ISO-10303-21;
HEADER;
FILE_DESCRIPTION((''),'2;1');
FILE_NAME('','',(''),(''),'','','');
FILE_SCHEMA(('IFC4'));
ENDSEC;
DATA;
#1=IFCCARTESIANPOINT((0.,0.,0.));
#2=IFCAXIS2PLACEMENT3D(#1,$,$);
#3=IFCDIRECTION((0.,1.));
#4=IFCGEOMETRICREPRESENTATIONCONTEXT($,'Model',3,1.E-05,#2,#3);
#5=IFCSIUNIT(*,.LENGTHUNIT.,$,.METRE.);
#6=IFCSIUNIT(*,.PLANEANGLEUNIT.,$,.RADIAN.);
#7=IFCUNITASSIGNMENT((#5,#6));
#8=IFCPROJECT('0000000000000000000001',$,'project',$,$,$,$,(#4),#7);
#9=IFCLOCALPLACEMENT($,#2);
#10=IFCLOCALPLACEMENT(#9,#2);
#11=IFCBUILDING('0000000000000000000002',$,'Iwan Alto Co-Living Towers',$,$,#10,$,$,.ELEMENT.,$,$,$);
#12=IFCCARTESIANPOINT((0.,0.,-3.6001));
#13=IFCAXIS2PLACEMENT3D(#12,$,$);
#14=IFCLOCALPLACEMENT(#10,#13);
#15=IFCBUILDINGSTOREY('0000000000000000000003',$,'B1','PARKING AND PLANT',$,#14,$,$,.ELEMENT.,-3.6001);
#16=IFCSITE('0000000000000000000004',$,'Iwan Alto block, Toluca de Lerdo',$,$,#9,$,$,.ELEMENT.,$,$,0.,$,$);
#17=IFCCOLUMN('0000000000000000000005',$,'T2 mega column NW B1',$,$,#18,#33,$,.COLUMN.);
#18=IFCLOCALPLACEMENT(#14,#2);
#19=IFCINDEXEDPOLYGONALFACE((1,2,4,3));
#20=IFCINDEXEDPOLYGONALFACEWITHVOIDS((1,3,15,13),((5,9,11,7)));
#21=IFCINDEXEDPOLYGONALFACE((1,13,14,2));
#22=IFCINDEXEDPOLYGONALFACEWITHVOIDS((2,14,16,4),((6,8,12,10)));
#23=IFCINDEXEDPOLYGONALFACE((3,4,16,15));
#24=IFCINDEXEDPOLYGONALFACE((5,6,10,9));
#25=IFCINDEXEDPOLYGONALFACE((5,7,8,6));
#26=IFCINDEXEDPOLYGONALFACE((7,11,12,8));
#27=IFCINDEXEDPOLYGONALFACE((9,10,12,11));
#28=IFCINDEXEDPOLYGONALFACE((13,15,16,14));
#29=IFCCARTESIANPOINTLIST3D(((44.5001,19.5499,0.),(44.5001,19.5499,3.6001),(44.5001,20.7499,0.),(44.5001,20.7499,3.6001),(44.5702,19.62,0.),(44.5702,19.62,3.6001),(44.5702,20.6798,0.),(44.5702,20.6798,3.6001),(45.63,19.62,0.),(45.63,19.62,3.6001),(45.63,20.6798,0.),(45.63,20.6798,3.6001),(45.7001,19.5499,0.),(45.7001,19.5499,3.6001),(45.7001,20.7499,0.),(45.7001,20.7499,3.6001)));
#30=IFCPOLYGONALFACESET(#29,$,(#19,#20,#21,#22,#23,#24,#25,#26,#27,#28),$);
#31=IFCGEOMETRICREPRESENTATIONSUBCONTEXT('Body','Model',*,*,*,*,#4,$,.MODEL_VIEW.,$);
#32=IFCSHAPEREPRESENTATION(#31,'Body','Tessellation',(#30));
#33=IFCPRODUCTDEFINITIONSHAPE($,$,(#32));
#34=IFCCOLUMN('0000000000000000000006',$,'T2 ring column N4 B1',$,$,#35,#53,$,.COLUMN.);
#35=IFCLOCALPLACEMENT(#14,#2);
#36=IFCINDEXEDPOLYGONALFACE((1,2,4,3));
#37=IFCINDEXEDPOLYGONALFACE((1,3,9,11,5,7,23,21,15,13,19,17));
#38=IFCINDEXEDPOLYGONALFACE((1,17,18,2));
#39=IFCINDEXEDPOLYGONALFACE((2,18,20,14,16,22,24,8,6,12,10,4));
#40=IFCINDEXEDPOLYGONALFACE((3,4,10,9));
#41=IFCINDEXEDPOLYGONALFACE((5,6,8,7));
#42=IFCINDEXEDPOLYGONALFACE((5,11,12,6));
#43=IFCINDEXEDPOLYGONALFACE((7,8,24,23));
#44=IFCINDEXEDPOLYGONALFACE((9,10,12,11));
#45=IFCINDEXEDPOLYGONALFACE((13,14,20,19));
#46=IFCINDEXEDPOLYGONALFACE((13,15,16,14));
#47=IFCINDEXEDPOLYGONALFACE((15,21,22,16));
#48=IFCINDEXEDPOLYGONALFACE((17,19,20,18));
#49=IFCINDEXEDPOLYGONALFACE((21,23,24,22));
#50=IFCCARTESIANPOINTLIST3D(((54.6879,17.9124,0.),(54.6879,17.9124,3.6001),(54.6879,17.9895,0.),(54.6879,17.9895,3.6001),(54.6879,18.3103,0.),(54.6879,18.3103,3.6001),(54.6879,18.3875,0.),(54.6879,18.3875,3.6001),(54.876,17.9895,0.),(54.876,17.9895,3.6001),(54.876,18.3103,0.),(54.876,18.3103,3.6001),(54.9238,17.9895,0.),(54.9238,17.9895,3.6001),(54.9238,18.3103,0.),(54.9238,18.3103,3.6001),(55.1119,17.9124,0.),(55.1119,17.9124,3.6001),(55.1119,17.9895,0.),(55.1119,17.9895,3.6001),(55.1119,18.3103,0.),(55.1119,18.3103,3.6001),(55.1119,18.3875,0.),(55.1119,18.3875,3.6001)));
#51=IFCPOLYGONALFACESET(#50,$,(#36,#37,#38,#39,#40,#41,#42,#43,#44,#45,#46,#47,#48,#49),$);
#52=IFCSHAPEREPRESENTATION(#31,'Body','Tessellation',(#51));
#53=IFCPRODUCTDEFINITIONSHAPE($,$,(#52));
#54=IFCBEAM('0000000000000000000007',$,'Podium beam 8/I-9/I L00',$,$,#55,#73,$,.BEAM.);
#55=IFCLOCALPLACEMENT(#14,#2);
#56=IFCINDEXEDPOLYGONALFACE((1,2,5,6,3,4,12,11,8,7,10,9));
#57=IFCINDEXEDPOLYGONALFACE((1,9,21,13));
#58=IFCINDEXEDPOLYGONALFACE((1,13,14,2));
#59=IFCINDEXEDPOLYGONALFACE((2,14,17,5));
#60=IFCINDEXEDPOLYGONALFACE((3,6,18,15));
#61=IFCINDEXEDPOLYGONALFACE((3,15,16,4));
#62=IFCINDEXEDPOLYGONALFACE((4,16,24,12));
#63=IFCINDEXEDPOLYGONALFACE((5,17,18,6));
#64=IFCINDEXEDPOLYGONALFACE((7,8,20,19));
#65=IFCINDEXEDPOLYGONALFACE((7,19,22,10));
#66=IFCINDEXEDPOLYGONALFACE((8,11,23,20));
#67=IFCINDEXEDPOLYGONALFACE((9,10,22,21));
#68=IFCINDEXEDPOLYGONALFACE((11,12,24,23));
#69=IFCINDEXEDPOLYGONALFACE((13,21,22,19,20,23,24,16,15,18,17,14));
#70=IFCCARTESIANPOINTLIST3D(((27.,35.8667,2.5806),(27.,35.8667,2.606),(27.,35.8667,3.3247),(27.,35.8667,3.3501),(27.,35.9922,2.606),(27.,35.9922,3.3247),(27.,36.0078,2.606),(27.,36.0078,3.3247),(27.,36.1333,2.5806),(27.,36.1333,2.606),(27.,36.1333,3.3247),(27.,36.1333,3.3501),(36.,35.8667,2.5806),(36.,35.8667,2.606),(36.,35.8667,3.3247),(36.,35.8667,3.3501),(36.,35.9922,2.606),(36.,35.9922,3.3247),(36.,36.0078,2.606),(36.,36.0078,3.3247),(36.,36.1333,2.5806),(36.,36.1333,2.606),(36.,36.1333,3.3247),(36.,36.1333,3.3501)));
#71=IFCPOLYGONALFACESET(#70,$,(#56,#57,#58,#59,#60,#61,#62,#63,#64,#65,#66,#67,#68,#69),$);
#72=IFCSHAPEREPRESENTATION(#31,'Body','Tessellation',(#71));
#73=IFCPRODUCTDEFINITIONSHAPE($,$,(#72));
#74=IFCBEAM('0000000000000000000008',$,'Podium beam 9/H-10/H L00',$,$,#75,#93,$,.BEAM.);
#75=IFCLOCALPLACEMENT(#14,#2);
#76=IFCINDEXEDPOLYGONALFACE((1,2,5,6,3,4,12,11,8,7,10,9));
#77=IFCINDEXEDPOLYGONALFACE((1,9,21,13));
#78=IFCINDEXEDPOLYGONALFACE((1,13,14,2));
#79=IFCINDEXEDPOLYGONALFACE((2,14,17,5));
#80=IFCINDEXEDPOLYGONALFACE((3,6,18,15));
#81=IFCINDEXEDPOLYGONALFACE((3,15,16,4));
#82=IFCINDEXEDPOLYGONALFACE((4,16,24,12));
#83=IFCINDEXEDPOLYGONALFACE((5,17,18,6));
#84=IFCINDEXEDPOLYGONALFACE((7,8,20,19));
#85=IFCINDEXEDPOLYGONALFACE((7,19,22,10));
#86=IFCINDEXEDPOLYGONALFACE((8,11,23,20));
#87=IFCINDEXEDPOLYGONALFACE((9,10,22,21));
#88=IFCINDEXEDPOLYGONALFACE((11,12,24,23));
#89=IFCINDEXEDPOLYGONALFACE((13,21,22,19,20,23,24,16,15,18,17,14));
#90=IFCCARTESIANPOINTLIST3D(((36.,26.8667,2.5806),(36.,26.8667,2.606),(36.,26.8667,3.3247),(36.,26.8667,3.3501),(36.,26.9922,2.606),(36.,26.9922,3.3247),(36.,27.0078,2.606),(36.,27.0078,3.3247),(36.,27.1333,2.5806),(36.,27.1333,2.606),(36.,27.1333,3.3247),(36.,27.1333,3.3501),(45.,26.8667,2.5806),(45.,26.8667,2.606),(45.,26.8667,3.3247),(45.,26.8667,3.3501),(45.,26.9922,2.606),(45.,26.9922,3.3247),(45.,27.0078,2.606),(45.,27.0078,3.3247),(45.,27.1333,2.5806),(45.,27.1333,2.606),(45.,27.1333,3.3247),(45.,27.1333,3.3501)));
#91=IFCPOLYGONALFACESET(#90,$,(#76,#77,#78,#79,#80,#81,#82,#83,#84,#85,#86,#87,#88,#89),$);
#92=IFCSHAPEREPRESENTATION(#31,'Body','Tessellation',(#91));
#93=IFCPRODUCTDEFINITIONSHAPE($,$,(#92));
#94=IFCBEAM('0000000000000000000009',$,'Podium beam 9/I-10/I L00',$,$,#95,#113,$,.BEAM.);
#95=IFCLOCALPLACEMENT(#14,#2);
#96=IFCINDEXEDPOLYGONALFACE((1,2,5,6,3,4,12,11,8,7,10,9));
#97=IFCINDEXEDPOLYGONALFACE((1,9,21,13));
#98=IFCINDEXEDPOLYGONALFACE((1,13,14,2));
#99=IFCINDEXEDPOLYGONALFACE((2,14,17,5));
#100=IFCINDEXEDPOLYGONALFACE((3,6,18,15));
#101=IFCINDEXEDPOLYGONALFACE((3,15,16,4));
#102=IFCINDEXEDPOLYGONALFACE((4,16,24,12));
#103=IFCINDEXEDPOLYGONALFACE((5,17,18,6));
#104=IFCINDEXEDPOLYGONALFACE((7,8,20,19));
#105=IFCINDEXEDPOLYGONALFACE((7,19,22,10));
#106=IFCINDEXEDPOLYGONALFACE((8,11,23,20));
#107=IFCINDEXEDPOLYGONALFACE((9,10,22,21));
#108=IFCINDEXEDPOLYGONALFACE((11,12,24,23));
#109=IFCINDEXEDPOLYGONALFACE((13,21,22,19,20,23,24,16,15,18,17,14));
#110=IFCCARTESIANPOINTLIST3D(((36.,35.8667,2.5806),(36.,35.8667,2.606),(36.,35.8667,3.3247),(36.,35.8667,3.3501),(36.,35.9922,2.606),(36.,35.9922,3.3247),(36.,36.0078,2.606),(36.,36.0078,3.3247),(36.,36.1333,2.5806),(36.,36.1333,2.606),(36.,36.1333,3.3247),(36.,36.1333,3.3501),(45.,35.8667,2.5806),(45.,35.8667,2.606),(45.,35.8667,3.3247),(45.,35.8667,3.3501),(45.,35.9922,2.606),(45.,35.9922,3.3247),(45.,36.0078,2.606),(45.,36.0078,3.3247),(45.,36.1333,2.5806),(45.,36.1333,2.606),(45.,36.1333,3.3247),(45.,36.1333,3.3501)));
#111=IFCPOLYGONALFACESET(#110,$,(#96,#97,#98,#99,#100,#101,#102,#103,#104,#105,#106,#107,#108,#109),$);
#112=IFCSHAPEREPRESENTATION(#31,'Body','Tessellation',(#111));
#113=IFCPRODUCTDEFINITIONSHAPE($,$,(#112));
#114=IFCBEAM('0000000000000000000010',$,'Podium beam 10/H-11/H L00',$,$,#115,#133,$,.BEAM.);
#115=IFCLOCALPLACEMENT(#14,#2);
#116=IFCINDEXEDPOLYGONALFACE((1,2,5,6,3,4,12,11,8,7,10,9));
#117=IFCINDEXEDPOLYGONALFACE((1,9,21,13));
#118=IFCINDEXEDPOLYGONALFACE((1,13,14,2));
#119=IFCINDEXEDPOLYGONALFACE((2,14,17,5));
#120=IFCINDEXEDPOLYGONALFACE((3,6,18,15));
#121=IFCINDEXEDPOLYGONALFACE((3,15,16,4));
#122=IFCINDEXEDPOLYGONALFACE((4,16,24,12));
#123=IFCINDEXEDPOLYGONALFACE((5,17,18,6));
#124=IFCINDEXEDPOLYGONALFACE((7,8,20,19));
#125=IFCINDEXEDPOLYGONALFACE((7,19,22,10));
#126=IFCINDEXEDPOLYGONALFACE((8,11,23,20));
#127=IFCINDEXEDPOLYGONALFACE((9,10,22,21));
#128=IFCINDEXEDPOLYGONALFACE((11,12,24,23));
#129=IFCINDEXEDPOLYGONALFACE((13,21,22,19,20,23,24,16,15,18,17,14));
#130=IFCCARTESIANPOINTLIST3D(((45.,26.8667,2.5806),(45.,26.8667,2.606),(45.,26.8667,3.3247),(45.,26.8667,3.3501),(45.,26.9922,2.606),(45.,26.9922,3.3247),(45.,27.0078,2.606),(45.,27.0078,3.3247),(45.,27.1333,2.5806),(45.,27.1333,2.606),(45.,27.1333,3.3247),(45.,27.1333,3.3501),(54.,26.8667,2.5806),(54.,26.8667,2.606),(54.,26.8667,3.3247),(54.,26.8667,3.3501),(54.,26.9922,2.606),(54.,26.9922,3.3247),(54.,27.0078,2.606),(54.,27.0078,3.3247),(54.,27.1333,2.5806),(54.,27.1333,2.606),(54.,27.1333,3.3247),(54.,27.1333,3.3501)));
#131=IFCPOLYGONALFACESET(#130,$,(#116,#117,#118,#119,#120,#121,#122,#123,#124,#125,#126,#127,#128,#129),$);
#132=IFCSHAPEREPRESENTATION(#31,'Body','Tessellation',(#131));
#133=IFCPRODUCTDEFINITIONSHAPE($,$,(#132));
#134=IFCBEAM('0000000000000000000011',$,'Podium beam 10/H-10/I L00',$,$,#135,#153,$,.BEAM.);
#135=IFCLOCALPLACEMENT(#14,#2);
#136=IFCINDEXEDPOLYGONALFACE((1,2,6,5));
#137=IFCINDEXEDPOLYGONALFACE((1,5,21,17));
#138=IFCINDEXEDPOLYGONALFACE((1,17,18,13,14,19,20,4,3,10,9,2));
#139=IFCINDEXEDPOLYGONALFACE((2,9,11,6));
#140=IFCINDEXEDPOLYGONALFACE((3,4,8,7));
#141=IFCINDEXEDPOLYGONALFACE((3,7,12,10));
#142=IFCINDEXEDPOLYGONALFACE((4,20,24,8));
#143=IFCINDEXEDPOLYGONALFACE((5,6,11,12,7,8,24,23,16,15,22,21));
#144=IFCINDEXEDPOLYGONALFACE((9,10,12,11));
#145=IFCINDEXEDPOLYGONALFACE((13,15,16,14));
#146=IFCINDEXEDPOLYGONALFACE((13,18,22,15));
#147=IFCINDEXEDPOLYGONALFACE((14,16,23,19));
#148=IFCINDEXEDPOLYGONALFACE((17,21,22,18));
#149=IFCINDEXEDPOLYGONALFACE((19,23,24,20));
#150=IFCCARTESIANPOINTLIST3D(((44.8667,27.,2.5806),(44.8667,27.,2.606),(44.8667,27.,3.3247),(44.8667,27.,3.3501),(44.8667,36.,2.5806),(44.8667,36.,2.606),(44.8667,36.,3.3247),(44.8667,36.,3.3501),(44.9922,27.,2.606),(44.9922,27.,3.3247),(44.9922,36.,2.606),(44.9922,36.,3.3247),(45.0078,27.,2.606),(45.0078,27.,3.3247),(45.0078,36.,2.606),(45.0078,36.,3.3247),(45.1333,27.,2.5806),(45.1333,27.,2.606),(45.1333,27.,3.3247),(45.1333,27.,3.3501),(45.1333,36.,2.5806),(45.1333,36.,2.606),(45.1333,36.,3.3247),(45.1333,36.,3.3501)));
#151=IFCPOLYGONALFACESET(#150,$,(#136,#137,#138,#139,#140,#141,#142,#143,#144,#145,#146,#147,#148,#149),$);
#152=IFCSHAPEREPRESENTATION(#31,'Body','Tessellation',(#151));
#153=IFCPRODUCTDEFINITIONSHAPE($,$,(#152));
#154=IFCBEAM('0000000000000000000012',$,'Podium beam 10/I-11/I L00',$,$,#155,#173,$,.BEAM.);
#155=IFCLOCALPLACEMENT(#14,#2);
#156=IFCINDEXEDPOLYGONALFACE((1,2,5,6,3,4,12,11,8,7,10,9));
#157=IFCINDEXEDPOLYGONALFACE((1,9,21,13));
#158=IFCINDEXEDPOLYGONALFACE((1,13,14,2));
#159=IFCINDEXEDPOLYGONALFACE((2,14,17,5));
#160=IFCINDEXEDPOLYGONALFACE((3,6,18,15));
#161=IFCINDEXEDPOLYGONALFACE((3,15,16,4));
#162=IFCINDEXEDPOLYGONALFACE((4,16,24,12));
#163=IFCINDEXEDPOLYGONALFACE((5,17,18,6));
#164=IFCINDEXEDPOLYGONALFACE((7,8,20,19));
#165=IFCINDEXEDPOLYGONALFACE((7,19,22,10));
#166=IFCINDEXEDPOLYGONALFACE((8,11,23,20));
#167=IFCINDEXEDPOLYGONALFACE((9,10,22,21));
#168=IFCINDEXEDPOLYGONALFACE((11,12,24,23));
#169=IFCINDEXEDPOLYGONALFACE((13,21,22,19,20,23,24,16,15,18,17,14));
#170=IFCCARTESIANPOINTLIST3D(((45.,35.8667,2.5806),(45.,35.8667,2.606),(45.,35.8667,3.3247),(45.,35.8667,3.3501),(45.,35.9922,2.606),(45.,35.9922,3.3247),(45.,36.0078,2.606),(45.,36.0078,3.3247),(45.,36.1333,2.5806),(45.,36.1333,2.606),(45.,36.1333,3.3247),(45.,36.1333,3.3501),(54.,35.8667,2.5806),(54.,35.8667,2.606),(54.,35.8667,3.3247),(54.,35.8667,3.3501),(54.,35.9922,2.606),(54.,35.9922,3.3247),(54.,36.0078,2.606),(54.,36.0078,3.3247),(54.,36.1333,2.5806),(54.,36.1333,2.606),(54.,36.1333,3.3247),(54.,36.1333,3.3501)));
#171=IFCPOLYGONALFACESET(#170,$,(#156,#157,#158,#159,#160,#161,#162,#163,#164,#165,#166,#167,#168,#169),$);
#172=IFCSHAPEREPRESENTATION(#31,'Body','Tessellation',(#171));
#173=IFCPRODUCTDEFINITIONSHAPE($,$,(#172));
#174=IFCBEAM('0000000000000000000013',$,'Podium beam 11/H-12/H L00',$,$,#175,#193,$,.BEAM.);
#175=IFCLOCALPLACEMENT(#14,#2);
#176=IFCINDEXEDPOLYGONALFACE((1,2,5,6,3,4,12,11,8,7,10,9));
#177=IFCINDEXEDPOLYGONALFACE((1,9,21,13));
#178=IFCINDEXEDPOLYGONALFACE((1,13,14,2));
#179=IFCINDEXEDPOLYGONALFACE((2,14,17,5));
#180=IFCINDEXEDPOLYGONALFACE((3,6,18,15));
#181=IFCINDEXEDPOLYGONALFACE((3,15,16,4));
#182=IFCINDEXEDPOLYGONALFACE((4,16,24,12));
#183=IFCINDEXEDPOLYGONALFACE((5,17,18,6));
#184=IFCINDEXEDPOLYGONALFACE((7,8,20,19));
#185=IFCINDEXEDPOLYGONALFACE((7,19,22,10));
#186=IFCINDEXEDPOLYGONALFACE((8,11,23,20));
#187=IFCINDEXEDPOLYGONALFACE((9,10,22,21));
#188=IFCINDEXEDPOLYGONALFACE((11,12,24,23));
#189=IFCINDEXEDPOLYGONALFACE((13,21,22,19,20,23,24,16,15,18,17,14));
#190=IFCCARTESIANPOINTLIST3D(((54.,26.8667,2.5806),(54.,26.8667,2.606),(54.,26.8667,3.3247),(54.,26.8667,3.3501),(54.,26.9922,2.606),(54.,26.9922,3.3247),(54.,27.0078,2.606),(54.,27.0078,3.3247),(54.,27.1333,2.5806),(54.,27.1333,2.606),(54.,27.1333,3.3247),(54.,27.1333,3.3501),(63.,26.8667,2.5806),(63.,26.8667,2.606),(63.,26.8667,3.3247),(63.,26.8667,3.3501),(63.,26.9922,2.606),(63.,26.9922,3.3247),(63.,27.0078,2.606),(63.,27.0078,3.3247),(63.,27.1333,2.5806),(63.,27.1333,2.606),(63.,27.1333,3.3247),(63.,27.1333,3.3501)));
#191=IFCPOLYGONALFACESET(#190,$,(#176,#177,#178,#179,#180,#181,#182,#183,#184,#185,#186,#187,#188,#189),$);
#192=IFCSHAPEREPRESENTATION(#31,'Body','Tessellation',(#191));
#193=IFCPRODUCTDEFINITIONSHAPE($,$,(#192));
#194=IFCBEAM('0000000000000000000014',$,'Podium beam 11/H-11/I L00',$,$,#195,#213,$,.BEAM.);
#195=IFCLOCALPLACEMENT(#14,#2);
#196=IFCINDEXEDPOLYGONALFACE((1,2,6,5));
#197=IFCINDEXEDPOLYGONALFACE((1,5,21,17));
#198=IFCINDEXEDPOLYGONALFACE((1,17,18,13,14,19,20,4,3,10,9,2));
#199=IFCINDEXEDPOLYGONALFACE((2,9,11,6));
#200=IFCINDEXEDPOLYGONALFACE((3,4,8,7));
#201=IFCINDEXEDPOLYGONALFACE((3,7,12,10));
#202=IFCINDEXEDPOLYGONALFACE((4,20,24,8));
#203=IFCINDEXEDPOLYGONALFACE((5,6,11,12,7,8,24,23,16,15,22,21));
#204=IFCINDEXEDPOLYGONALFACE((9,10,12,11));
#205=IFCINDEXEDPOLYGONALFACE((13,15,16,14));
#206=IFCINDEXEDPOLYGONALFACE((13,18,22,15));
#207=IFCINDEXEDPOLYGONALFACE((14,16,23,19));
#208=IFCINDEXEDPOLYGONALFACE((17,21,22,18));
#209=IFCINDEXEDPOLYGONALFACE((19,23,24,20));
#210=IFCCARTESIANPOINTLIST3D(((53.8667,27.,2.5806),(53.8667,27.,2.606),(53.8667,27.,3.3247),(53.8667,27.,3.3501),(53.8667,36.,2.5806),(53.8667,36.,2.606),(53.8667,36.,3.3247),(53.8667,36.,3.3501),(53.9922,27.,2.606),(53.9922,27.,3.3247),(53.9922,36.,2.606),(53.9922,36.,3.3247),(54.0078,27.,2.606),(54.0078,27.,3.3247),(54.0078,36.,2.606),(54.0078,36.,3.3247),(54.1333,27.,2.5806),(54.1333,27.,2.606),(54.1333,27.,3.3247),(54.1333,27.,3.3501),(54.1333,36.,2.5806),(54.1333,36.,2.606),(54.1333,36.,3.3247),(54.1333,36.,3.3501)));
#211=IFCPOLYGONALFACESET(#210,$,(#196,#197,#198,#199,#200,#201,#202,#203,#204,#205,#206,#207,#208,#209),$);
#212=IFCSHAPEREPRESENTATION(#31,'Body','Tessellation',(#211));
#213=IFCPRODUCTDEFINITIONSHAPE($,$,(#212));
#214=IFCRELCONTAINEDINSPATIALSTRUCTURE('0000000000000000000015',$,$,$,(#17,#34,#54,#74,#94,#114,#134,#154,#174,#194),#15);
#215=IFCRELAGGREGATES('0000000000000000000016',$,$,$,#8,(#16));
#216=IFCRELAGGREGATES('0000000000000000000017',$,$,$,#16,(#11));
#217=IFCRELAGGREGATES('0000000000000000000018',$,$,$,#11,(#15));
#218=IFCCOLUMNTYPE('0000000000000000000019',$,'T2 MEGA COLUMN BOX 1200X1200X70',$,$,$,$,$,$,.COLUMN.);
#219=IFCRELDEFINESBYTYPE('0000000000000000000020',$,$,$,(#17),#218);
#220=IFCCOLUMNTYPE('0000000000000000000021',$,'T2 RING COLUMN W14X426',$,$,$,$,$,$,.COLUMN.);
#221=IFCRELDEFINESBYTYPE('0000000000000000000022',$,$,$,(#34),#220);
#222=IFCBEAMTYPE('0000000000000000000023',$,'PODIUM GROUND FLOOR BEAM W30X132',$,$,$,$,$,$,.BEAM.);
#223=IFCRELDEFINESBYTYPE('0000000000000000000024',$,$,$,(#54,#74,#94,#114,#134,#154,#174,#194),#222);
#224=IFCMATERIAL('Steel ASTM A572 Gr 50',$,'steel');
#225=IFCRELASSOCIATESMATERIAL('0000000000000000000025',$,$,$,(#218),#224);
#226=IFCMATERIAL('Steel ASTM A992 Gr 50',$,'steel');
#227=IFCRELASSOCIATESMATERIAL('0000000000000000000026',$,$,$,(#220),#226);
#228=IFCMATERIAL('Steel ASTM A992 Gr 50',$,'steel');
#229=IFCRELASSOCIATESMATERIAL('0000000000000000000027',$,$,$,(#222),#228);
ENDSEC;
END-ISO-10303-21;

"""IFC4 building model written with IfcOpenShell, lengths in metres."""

from ifc_helpers import new_model, si_unit, direction, frame, origin, origin_2d, place, context, subcontext, project, spatial, hollow_rectangle, i_section, extrude, material, material_profile, profile_set, type_object, element, save


model = new_model("IFC4")

# Units and contexts
model_context = context("Model", 3, precision=1e-05, world=origin(), true_north=direction((0.0, 1.0)))
body_context = subcontext(model_context, "Body", "Model", "MODEL_VIEW")
ifc_project = project(units=[si_unit("LENGTHUNIT", "METRE"), si_unit("PLANEANGLEUNIT", "RADIAN")], contexts=[model_context])

# Site, building, storey
site_placement = place(None, origin())
site = spatial("IfcSite", under=ifc_project, at=site_placement, Name="Iwan Alto block, Toluca de Lerdo", CompositionType="ELEMENT", RefElevation=0.0)
building_placement = place(site_placement, origin())
building = spatial("IfcBuilding", under=site, at=building_placement, Name="Iwan Alto Co-Living Towers", CompositionType="ELEMENT")
storey_placement = place(building_placement, frame((0.0, 0.0, -3.6001)))
storey = spatial("IfcBuildingStorey", under=building, at=storey_placement, Name="B1", Description="PARKING AND PLANT", CompositionType="ELEMENT", Elevation=-3.6001)

# Columns
ifc_material_1 = material(Name="Steel ASTM A572 Gr 50", Category="steel")
ifc_material_profile_1 = material_profile(ifc_material_1, hollow_rectangle(XDim=1.2, YDim=1.2, WallThickness=0.0701, at=origin_2d()), Name="BOX 1200X1200X70")
ifc_profile_set_1 = profile_set([ifc_material_profile_1], Name="Steel ASTM A572 Gr 50")
column_type_1 = type_object("IfcColumnType", Name="T2 MEGA COLUMN BOX 1200X1200X70", PredefinedType="COLUMN", material=ifc_profile_set_1)
column_1_placement = place(storey_placement, frame((45.1001, 20.1499, 0.0), z_axis=(0.0, 0.0, 1.0), x_axis=(1.0, 0.0, 0.0)))
element("IfcColumn", 1, at=column_1_placement, inside=storey, type_object=column_type_1, Name="T2 mega column NW B1", PredefinedType="COLUMN", context=body_context, shape_type="SweptSolid", body=[
    extrude(hollow_rectangle(XDim=1.2, YDim=1.2, WallThickness=0.0701, at=origin_2d()), origin(), (0.0, 0.0, 1.0), 3.6001),
])
ifc_material_2 = material(Name="Steel ASTM A992 Gr 50", Category="steel")
ifc_material_profile_2 = material_profile(ifc_material_2, i_section(OverallWidth=0.4241, OverallDepth=0.4751, WebThickness=0.0479, FlangeThickness=0.0771, at=origin_2d()), Name="W14X426")
ifc_profile_set_2 = profile_set([ifc_material_profile_2], Name="Steel ASTM A992 Gr 50")
column_type_2 = type_object("IfcColumnType", Name="T2 RING COLUMN W14X426", PredefinedType="COLUMN", material=ifc_profile_set_2)
column_2_placement = place(storey_placement, frame((54.8999, 18.1499, 0.0), z_axis=(0.0, 0.0, 1.0), x_axis=(1.0, 0.0, 0.0)))
element("IfcColumn", 2, at=column_2_placement, inside=storey, type_object=column_type_2, Name="T2 ring column N4 B1", PredefinedType="COLUMN", context=body_context, shape_type="SweptSolid", body=[
    extrude(i_section(OverallWidth=0.4241, OverallDepth=0.4751, WebThickness=0.0479, FlangeThickness=0.0771, at=origin_2d()), origin(), (0.0, 0.0, 1.0), 3.6001),
])

# Beams
ifc_material_3 = material(Name="Steel ASTM A992 Gr 50", Category="steel")
ifc_material_profile_3 = material_profile(ifc_material_3, i_section(OverallWidth=0.2666, OverallDepth=0.7695, WebThickness=0.0156, FlangeThickness=0.0254, at=origin_2d()), Name="W30X132")
ifc_profile_set_3 = profile_set([ifc_material_profile_3], Name="Steel ASTM A992 Gr 50")
beam_type_1 = type_object("IfcBeamType", Name="PODIUM GROUND FLOOR BEAM W30X132", PredefinedType="BEAM", material=ifc_profile_set_3)
for number, where, z_axis, x_axis, name in (
    (3, (27.0, 36.0, 2.9653), (1.0, 0.0, 0.0), (0.0, 1.0, 0.0), "Podium beam 8/I-9/I L00"),
    (4, (36.0, 27.0, 2.9653), (1.0, 0.0, 0.0), (0.0, 1.0, 0.0), "Podium beam 9/H-10/H L00"),
    (5, (36.0, 36.0, 2.9653), (1.0, 0.0, 0.0), (0.0, 1.0, 0.0), "Podium beam 9/I-10/I L00"),
    (6, (45.0, 27.0, 2.9653), (1.0, 0.0, 0.0), (0.0, 1.0, 0.0), "Podium beam 10/H-11/H L00"),
    (7, (45.0, 27.0, 2.9653), (0.0, 1.0, 0.0), (-1.0, 0.0, 0.0), "Podium beam 10/H-10/I L00"),
    (8, (45.0, 36.0, 2.9653), (1.0, 0.0, 0.0), (0.0, 1.0, 0.0), "Podium beam 10/I-11/I L00"),
    (9, (54.0, 27.0, 2.9653), (1.0, 0.0, 0.0), (0.0, 1.0, 0.0), "Podium beam 11/H-12/H L00"),
    (10, (54.0, 27.0, 2.9653), (0.0, 1.0, 0.0), (-1.0, 0.0, 0.0), "Podium beam 11/H-11/I L00"),
):
    element("IfcBeam", number, at=place(storey_placement, frame(where, z_axis=z_axis, x_axis=x_axis)), inside=storey, type_object=beam_type_1, Name=name, PredefinedType="BEAM", context=body_context, shape_type="SweptSolid", body=[
        extrude(i_section(OverallWidth=0.2666, OverallDepth=0.7695, WebThickness=0.0156, FlangeThickness=0.0254, at=origin_2d()), origin(), (0.0, 0.0, 1.0), 9.0),
    ])

save(model, "model.ifc")
